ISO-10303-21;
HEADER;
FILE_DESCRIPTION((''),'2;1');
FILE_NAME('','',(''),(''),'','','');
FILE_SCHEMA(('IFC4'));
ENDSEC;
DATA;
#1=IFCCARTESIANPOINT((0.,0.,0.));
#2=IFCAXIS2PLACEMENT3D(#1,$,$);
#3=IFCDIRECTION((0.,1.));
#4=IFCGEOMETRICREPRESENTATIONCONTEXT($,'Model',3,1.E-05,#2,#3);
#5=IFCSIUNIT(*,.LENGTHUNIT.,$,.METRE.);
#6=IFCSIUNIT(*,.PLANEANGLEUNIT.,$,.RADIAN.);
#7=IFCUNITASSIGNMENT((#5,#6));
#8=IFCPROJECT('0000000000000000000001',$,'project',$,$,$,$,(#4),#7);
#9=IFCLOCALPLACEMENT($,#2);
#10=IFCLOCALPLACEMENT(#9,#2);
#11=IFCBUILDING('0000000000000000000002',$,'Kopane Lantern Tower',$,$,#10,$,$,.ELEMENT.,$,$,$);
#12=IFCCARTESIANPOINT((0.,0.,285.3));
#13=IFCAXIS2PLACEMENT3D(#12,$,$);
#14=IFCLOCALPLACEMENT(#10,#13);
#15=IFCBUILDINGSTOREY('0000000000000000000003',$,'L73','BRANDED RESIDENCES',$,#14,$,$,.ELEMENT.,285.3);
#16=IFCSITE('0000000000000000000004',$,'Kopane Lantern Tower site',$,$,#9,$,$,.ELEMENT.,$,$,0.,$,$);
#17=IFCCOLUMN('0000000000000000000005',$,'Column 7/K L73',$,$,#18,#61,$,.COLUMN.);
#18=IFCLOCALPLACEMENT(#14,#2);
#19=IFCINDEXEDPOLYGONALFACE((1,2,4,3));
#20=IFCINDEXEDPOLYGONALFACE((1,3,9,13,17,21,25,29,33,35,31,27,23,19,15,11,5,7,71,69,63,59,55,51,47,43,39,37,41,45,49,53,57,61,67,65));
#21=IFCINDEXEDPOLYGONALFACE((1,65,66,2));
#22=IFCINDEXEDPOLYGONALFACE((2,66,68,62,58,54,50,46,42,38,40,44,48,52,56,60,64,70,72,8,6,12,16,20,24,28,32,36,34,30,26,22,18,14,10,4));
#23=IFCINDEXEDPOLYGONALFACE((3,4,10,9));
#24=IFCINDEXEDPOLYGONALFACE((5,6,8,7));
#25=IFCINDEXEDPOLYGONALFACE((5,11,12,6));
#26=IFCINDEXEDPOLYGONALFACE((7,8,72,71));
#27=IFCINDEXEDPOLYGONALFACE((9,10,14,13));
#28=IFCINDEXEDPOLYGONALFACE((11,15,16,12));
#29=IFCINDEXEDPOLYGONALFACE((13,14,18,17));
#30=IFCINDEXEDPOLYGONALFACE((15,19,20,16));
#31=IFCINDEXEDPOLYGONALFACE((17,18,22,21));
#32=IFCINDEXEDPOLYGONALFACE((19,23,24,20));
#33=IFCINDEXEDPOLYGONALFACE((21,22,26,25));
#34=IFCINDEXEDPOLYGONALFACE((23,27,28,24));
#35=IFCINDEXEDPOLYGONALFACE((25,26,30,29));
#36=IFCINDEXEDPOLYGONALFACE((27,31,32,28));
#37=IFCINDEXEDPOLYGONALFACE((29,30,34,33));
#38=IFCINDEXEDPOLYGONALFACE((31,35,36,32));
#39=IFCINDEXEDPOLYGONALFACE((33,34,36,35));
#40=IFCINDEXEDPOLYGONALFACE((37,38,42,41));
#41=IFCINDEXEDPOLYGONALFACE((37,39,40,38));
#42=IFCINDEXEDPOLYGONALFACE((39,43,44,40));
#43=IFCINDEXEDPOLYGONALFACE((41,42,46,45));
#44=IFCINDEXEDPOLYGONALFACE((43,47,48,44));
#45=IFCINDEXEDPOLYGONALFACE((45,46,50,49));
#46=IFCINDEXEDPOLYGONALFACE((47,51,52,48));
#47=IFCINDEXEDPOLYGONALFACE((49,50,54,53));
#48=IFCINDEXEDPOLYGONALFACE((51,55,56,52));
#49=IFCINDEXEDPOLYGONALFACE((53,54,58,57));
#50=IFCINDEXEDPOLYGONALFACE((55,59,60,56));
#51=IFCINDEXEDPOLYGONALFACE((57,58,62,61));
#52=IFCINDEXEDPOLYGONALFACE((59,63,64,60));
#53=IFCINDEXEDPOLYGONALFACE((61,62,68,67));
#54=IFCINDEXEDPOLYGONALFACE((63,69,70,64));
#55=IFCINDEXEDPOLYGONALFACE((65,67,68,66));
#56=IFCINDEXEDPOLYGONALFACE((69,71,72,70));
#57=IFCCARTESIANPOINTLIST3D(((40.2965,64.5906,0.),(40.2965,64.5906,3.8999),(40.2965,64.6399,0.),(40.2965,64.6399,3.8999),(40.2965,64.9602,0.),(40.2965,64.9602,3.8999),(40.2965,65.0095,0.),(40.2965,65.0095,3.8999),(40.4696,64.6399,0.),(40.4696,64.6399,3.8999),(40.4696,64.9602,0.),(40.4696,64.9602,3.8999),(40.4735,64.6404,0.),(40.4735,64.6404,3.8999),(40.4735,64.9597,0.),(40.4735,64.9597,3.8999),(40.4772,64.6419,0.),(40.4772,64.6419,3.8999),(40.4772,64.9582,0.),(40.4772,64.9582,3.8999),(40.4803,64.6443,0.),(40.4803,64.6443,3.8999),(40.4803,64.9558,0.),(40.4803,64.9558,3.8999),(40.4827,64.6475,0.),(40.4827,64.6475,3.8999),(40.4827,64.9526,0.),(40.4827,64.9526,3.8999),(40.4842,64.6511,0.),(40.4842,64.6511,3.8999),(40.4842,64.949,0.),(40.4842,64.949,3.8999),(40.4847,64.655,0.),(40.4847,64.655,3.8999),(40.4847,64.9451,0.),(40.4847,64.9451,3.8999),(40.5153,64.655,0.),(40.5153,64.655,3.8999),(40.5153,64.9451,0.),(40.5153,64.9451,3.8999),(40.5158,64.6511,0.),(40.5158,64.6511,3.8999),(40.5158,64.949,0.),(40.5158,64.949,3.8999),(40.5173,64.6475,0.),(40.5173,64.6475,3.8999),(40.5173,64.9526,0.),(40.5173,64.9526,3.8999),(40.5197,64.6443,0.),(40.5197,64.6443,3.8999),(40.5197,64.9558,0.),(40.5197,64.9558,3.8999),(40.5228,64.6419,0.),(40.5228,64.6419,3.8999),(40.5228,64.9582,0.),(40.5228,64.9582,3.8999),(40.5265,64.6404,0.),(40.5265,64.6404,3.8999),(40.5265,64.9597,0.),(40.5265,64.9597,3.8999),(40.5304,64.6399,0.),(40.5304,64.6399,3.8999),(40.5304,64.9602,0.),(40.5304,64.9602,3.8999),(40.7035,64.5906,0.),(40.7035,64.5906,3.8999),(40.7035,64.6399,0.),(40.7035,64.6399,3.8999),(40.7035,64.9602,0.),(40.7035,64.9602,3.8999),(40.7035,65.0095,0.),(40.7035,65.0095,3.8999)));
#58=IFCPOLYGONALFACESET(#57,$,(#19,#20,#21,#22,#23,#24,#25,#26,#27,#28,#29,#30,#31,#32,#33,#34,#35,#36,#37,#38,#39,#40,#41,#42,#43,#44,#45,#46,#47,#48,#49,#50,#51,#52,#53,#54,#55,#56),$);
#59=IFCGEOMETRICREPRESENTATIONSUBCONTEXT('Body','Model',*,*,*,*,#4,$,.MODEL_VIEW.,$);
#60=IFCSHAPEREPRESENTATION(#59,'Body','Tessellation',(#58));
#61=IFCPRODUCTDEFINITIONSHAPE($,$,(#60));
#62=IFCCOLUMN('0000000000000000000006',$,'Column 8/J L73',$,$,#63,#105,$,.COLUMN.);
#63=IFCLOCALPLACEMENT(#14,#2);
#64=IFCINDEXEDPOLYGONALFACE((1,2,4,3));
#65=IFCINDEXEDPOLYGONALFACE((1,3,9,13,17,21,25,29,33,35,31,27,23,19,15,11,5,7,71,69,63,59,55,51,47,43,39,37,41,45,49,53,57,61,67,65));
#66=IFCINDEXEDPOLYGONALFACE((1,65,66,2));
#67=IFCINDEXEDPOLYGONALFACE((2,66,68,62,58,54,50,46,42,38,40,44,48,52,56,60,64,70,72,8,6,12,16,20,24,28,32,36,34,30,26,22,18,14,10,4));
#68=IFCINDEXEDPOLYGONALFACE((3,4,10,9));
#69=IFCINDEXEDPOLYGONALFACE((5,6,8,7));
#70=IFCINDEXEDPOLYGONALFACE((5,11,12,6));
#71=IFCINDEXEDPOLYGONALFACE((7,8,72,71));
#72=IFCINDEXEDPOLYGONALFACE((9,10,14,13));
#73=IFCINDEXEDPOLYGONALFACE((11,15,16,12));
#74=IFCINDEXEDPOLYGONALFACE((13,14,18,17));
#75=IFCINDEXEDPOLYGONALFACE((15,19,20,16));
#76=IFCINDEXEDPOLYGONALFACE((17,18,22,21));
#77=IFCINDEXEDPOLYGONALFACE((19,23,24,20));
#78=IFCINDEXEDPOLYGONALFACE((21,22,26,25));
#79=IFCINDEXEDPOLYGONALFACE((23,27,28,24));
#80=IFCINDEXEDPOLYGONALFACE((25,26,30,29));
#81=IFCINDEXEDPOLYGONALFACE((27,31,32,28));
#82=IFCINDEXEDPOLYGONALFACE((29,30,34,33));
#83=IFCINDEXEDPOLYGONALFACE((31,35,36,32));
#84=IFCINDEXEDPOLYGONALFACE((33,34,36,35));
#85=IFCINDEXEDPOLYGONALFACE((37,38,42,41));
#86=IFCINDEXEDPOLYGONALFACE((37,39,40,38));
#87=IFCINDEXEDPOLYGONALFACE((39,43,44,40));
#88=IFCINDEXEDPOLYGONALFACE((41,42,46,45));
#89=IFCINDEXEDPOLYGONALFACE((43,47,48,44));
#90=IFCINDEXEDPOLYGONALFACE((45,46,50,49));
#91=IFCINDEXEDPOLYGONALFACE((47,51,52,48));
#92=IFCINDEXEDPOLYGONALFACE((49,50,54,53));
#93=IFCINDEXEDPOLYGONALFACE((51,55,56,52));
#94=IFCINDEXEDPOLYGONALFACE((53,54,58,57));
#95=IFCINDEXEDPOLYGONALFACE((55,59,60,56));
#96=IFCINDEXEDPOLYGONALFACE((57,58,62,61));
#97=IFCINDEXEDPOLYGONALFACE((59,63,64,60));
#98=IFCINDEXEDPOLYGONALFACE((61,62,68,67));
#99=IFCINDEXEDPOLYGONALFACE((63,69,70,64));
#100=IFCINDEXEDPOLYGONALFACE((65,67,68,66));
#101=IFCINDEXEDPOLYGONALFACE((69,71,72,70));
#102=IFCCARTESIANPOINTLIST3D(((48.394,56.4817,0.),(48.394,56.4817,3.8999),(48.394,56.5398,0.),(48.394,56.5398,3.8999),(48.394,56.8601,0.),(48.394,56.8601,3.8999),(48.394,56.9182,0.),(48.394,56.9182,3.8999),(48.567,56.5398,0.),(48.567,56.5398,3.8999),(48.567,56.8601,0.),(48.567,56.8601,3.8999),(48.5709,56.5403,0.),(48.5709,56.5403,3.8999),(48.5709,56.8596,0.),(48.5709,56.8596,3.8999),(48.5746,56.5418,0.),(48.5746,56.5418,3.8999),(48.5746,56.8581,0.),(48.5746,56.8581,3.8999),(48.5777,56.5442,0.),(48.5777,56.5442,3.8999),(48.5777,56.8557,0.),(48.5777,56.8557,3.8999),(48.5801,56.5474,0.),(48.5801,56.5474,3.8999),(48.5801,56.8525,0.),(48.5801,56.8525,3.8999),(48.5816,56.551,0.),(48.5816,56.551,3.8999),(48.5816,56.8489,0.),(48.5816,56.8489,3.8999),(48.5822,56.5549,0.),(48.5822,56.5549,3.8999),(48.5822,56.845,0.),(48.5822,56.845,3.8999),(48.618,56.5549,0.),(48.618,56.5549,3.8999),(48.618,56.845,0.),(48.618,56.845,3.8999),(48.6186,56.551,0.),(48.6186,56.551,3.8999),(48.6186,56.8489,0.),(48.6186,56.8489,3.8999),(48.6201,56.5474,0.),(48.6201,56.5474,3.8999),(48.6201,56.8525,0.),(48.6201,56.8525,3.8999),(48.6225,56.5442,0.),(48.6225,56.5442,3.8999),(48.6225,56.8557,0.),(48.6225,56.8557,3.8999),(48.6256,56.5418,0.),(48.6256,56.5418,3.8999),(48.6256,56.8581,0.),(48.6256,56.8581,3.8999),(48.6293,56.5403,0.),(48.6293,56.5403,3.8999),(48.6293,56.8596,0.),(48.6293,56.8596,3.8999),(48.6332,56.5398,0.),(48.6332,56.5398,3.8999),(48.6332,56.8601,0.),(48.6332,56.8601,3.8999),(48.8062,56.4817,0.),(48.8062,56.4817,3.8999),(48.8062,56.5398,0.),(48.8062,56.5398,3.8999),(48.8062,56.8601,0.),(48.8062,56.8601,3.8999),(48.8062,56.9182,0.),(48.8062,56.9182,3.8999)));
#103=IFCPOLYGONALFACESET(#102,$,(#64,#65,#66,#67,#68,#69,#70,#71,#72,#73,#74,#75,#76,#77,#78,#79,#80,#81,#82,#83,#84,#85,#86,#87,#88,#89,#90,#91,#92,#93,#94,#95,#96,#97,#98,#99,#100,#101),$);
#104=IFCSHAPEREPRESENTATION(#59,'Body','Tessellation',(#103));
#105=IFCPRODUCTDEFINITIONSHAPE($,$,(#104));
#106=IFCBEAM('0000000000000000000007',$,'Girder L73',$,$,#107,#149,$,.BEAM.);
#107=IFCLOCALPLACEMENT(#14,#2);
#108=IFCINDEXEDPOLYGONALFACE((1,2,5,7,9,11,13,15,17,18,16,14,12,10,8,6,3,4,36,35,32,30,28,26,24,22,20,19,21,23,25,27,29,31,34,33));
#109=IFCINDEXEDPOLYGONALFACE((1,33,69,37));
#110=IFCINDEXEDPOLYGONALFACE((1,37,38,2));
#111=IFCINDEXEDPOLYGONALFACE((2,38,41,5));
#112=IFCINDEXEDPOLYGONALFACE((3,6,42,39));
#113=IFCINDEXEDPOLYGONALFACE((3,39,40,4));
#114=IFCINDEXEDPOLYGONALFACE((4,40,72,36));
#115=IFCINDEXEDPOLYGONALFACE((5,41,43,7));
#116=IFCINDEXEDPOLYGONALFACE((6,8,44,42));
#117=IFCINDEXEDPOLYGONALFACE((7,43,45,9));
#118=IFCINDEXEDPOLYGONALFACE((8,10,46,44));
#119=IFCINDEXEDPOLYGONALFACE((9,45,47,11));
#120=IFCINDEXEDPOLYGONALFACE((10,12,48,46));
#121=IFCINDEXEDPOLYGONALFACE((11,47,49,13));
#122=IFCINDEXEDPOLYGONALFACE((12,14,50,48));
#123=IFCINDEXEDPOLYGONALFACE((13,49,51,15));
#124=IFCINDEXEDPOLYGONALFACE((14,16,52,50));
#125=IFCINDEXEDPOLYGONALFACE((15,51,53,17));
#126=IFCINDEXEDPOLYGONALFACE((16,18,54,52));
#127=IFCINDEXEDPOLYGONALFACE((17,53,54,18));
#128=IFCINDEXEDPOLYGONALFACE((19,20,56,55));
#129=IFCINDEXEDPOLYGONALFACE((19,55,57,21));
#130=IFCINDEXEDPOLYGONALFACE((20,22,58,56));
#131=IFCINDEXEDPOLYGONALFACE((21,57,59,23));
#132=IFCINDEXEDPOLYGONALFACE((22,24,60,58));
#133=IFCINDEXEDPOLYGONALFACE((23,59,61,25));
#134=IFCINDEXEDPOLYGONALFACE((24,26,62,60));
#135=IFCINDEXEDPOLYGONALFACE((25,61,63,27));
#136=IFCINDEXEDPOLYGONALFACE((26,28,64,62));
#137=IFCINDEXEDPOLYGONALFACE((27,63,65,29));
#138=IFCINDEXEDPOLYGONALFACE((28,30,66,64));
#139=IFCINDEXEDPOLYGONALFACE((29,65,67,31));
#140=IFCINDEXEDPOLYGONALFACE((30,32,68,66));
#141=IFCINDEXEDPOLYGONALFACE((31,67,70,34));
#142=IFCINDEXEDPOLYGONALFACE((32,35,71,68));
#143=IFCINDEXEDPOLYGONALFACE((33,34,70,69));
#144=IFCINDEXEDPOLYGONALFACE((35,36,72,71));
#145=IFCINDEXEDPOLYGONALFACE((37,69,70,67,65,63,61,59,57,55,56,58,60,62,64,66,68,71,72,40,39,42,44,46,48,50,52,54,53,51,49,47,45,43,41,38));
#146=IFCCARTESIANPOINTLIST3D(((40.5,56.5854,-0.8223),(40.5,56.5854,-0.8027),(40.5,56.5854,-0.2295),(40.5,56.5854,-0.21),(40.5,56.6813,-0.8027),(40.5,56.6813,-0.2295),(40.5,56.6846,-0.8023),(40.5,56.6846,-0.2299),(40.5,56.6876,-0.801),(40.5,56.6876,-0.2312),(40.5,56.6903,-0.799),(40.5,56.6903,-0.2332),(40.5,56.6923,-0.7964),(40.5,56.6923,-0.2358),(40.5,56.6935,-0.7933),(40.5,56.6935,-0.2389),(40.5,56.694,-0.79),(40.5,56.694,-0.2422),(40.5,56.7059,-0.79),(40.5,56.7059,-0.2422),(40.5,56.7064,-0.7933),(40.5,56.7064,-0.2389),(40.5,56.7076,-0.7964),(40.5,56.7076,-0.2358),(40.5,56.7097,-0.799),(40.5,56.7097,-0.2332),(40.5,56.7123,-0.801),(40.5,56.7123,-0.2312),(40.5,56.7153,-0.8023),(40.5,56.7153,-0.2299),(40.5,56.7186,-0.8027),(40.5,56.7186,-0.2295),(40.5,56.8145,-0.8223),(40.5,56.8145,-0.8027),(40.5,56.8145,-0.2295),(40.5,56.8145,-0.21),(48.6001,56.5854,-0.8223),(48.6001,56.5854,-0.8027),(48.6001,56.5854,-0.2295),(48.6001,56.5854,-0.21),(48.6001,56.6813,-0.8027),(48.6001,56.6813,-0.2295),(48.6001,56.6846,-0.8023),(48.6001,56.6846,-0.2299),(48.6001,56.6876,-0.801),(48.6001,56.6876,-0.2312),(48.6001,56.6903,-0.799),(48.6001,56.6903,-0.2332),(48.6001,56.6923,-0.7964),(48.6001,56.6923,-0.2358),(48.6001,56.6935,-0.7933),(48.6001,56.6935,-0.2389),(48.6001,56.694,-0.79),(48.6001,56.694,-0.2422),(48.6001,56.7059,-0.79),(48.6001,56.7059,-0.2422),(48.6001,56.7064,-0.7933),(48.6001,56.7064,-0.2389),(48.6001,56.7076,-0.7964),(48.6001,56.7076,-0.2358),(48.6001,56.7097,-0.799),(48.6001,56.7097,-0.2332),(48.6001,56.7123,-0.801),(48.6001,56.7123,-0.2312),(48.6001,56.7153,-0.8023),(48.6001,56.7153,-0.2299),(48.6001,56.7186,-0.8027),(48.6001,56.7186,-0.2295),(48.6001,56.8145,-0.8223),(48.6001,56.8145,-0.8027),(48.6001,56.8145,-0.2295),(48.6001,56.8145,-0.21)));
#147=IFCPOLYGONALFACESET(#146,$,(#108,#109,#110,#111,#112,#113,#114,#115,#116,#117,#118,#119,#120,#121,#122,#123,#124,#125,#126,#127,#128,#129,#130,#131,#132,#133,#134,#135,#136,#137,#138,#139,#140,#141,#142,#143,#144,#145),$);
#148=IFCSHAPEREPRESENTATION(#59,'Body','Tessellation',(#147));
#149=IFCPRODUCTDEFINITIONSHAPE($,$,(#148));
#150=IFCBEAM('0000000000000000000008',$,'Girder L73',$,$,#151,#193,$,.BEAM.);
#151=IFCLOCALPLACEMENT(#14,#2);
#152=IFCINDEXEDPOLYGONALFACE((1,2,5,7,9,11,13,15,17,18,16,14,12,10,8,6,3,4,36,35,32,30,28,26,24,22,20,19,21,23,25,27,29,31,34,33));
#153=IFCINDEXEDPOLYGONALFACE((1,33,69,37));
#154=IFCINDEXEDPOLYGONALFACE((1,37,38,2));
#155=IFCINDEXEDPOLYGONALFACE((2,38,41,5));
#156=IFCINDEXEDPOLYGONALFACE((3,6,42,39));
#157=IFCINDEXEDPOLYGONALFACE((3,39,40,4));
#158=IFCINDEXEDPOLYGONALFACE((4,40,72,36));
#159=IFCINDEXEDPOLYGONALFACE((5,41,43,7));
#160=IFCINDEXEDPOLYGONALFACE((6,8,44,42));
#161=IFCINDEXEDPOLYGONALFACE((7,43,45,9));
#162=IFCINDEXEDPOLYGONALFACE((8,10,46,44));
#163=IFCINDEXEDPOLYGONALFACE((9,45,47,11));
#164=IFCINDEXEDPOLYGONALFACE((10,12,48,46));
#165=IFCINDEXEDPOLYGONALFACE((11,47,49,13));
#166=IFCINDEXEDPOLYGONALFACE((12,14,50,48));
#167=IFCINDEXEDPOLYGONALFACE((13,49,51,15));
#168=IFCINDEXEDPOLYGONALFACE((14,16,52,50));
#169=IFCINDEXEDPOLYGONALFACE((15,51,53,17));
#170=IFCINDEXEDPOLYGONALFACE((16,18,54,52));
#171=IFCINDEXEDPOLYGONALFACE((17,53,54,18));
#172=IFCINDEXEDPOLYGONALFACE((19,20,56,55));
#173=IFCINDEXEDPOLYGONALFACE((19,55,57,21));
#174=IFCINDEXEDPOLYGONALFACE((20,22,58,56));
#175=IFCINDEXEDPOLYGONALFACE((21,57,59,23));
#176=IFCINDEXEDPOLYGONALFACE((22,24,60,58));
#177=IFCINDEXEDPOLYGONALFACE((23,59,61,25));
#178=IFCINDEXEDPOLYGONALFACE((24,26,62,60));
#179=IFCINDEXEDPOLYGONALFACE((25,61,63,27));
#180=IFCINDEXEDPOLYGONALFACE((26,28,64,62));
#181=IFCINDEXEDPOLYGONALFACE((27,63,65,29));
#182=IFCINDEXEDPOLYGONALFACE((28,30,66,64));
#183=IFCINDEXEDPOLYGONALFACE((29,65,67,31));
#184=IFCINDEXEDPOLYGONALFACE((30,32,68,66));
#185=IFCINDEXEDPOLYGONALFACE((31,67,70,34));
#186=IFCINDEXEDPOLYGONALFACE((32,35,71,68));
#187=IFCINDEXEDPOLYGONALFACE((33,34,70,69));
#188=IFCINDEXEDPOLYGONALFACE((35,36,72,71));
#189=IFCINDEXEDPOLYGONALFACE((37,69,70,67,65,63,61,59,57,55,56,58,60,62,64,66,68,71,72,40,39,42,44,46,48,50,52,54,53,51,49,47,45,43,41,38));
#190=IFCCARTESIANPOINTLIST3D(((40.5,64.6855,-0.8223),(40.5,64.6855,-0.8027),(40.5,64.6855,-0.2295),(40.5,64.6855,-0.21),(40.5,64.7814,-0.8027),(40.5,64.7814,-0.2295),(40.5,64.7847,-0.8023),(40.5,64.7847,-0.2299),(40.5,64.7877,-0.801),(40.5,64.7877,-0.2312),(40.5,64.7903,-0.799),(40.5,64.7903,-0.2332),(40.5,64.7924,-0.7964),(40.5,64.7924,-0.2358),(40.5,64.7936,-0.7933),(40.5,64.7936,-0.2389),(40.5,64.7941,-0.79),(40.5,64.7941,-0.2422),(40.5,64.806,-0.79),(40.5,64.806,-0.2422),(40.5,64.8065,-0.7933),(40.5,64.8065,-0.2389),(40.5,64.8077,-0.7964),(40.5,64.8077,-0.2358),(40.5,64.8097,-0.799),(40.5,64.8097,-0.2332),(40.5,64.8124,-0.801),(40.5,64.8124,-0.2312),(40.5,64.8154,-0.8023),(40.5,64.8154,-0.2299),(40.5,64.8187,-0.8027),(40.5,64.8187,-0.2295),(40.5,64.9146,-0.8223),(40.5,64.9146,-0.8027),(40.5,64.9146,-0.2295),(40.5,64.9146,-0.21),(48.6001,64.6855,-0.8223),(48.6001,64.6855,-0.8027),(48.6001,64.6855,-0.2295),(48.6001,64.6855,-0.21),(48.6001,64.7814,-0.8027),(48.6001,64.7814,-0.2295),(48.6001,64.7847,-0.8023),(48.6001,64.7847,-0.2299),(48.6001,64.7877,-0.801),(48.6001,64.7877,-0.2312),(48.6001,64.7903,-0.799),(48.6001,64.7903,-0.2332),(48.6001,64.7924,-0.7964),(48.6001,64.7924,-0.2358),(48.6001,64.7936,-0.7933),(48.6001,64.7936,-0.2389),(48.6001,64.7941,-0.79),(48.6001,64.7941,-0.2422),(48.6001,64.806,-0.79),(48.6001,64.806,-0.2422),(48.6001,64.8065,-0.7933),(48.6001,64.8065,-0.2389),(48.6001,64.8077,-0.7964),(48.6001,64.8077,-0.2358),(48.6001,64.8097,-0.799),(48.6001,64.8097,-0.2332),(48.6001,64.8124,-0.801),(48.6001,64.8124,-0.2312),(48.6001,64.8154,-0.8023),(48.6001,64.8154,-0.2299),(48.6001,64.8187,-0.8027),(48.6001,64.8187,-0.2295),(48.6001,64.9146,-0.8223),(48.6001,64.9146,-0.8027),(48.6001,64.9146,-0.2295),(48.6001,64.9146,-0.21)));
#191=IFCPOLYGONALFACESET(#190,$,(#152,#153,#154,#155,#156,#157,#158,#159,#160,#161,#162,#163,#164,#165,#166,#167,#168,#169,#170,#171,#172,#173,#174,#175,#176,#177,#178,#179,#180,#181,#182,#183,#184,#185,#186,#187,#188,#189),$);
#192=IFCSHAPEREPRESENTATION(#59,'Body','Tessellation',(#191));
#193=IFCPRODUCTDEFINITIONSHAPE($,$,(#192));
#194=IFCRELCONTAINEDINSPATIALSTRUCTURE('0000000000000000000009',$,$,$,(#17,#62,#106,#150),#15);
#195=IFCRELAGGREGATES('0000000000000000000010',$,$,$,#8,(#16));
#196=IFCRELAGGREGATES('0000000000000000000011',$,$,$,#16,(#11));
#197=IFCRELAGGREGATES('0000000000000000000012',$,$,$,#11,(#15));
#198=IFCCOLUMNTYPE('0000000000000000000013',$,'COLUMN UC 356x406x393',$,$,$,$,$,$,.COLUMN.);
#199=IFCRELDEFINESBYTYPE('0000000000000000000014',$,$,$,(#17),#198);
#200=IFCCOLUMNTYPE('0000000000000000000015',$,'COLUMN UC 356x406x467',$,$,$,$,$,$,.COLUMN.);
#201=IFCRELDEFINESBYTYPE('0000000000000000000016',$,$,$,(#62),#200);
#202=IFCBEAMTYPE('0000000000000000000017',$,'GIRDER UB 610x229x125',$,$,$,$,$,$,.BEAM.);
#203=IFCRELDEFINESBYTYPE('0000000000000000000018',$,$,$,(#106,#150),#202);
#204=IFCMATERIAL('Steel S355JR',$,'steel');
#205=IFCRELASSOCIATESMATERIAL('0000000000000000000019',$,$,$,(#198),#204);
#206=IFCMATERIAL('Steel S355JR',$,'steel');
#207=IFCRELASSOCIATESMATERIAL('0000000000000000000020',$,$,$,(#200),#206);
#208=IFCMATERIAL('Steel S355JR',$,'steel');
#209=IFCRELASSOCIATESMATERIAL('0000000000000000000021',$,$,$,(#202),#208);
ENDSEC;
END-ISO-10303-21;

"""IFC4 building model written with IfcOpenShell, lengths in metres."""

from ifc_helpers import new_model, si_unit, direction, frame, origin, origin_2d, place, context, subcontext, project, spatial, i_section, extrude, material, material_profile, profile_set, type_object, element, save


model = new_model("IFC4")

# Units and contexts
model_context = context("Model", 3, precision=1e-05, world=origin(), true_north=direction((0.0, 1.0)))
body_context = subcontext(model_context, "Body", "Model", "MODEL_VIEW")
ifc_project = project(units=[si_unit("LENGTHUNIT", "METRE"), si_unit("PLANEANGLEUNIT", "RADIAN")], contexts=[model_context])

# Site, building, storey
site_placement = place(None, origin())
site = spatial("IfcSite", under=ifc_project, at=site_placement, Name="Kopane Lantern Tower site", CompositionType="ELEMENT", RefElevation=0.0)
building_placement = place(site_placement, origin())
building = spatial("IfcBuilding", under=site, at=building_placement, Name="Kopane Lantern Tower", CompositionType="ELEMENT")
storey_placement = place(building_placement, frame((0.0, 0.0, 285.3)))
storey = spatial("IfcBuildingStorey", under=building, at=storey_placement, Name="L73", Description="BRANDED RESIDENCES", CompositionType="ELEMENT", Elevation=285.3)

# Columns
ifc_material_1 = material(Name="Steel S355JR", Category="steel")
ifc_material_profile_1 = material_profile(ifc_material_1, i_section(OverallWidth=0.407, OverallDepth=0.4189, WebThickness=0.0305, FlangeThickness=0.0493, FilletRadius=0.0151, at=origin_2d()), Name="UC 356x406x393")
ifc_profile_set_1 = profile_set([ifc_material_profile_1], Name="Steel S355JR")
column_type_1 = type_object("IfcColumnType", Name="COLUMN UC 356x406x393", PredefinedType="COLUMN", material=ifc_profile_set_1)
column_1_placement = place(storey_placement, frame((40.5, 64.8, 0.0), z_axis=(0.0, 0.0, 1.0), x_axis=(1.0, 0.0, 0.0)))
element("IfcColumn", 1, at=column_1_placement, inside=storey, type_object=column_type_1, Name="Column 7/K L73", PredefinedType="COLUMN", context=body_context, shape_type="SweptSolid", body=[
    extrude(i_section(OverallWidth=0.407, OverallDepth=0.4189, WebThickness=0.0305, FlangeThickness=0.0493, FilletRadius=0.0151, at=origin_2d()), origin(), (0.0, 0.0, 1.0), 3.8999),
])
ifc_material_2 = material(Name="Steel S355JR", Category="steel")
ifc_material_profile_2 = material_profile(ifc_material_2, i_section(OverallWidth=0.4121, OverallDepth=0.4365, WebThickness=0.0359, FlangeThickness=0.0581, FilletRadius=0.0151, at=origin_2d()), Name="UC 356x406x467")
ifc_profile_set_2 = profile_set([ifc_material_profile_2], Name="Steel S355JR")
column_type_2 = type_object("IfcColumnType", Name="COLUMN UC 356x406x467", PredefinedType="COLUMN", material=ifc_profile_set_2)
column_2_placement = place(storey_placement, frame((48.6001, 56.7, 0.0), z_axis=(0.0, 0.0, 1.0), x_axis=(1.0, 0.0, 0.0)))
element("IfcColumn", 2, at=column_2_placement, inside=storey, type_object=column_type_2, Name="Column 8/J L73", PredefinedType="COLUMN", context=body_context, shape_type="SweptSolid", body=[
    extrude(i_section(OverallWidth=0.4121, OverallDepth=0.4365, WebThickness=0.0359, FlangeThickness=0.0581, FilletRadius=0.0151, at=origin_2d()), origin(), (0.0, 0.0, 1.0), 3.8999),
])

# Beams
ifc_material_3 = material(Name="Steel S355JR", Category="steel")
ifc_material_profile_3 = material_profile(ifc_material_3, i_section(OverallWidth=0.229, OverallDepth=0.6123, WebThickness=0.012, FlangeThickness=0.0195, FilletRadius=0.0127, at=origin_2d()), Name="UB 610x229x125")
ifc_profile_set_3 = profile_set([ifc_material_profile_3], Name="Steel S355JR")
beam_type = type_object("IfcBeamType", Name="GIRDER UB 610x229x125", PredefinedType="BEAM", material=ifc_profile_set_3)
for number, where, z_axis, x_axis, name in (
    (3, (40.5, 56.7, -0.5161), (1.0, 0.0, 0.0), (0.0, 1.0, 0.0), "Girder L73"),
    (4, (40.5, 64.8, -0.5161), (1.0, 0.0, 0.0), (0.0, 1.0, 0.0), "Girder L73"),
):
    element("IfcBeam", number, at=place(storey_placement, frame(where, z_axis=z_axis, x_axis=x_axis)), inside=storey, type_object=beam_type, Name=name, PredefinedType="BEAM", context=body_context, shape_type="SweptSolid", body=[
        extrude(i_section(OverallWidth=0.229, OverallDepth=0.6123, WebThickness=0.012, FlangeThickness=0.0195, FilletRadius=0.0127, at=origin_2d()), origin(), (0.0, 0.0, 1.0), 8.1001),
    ])

save(model, "model.ifc")
